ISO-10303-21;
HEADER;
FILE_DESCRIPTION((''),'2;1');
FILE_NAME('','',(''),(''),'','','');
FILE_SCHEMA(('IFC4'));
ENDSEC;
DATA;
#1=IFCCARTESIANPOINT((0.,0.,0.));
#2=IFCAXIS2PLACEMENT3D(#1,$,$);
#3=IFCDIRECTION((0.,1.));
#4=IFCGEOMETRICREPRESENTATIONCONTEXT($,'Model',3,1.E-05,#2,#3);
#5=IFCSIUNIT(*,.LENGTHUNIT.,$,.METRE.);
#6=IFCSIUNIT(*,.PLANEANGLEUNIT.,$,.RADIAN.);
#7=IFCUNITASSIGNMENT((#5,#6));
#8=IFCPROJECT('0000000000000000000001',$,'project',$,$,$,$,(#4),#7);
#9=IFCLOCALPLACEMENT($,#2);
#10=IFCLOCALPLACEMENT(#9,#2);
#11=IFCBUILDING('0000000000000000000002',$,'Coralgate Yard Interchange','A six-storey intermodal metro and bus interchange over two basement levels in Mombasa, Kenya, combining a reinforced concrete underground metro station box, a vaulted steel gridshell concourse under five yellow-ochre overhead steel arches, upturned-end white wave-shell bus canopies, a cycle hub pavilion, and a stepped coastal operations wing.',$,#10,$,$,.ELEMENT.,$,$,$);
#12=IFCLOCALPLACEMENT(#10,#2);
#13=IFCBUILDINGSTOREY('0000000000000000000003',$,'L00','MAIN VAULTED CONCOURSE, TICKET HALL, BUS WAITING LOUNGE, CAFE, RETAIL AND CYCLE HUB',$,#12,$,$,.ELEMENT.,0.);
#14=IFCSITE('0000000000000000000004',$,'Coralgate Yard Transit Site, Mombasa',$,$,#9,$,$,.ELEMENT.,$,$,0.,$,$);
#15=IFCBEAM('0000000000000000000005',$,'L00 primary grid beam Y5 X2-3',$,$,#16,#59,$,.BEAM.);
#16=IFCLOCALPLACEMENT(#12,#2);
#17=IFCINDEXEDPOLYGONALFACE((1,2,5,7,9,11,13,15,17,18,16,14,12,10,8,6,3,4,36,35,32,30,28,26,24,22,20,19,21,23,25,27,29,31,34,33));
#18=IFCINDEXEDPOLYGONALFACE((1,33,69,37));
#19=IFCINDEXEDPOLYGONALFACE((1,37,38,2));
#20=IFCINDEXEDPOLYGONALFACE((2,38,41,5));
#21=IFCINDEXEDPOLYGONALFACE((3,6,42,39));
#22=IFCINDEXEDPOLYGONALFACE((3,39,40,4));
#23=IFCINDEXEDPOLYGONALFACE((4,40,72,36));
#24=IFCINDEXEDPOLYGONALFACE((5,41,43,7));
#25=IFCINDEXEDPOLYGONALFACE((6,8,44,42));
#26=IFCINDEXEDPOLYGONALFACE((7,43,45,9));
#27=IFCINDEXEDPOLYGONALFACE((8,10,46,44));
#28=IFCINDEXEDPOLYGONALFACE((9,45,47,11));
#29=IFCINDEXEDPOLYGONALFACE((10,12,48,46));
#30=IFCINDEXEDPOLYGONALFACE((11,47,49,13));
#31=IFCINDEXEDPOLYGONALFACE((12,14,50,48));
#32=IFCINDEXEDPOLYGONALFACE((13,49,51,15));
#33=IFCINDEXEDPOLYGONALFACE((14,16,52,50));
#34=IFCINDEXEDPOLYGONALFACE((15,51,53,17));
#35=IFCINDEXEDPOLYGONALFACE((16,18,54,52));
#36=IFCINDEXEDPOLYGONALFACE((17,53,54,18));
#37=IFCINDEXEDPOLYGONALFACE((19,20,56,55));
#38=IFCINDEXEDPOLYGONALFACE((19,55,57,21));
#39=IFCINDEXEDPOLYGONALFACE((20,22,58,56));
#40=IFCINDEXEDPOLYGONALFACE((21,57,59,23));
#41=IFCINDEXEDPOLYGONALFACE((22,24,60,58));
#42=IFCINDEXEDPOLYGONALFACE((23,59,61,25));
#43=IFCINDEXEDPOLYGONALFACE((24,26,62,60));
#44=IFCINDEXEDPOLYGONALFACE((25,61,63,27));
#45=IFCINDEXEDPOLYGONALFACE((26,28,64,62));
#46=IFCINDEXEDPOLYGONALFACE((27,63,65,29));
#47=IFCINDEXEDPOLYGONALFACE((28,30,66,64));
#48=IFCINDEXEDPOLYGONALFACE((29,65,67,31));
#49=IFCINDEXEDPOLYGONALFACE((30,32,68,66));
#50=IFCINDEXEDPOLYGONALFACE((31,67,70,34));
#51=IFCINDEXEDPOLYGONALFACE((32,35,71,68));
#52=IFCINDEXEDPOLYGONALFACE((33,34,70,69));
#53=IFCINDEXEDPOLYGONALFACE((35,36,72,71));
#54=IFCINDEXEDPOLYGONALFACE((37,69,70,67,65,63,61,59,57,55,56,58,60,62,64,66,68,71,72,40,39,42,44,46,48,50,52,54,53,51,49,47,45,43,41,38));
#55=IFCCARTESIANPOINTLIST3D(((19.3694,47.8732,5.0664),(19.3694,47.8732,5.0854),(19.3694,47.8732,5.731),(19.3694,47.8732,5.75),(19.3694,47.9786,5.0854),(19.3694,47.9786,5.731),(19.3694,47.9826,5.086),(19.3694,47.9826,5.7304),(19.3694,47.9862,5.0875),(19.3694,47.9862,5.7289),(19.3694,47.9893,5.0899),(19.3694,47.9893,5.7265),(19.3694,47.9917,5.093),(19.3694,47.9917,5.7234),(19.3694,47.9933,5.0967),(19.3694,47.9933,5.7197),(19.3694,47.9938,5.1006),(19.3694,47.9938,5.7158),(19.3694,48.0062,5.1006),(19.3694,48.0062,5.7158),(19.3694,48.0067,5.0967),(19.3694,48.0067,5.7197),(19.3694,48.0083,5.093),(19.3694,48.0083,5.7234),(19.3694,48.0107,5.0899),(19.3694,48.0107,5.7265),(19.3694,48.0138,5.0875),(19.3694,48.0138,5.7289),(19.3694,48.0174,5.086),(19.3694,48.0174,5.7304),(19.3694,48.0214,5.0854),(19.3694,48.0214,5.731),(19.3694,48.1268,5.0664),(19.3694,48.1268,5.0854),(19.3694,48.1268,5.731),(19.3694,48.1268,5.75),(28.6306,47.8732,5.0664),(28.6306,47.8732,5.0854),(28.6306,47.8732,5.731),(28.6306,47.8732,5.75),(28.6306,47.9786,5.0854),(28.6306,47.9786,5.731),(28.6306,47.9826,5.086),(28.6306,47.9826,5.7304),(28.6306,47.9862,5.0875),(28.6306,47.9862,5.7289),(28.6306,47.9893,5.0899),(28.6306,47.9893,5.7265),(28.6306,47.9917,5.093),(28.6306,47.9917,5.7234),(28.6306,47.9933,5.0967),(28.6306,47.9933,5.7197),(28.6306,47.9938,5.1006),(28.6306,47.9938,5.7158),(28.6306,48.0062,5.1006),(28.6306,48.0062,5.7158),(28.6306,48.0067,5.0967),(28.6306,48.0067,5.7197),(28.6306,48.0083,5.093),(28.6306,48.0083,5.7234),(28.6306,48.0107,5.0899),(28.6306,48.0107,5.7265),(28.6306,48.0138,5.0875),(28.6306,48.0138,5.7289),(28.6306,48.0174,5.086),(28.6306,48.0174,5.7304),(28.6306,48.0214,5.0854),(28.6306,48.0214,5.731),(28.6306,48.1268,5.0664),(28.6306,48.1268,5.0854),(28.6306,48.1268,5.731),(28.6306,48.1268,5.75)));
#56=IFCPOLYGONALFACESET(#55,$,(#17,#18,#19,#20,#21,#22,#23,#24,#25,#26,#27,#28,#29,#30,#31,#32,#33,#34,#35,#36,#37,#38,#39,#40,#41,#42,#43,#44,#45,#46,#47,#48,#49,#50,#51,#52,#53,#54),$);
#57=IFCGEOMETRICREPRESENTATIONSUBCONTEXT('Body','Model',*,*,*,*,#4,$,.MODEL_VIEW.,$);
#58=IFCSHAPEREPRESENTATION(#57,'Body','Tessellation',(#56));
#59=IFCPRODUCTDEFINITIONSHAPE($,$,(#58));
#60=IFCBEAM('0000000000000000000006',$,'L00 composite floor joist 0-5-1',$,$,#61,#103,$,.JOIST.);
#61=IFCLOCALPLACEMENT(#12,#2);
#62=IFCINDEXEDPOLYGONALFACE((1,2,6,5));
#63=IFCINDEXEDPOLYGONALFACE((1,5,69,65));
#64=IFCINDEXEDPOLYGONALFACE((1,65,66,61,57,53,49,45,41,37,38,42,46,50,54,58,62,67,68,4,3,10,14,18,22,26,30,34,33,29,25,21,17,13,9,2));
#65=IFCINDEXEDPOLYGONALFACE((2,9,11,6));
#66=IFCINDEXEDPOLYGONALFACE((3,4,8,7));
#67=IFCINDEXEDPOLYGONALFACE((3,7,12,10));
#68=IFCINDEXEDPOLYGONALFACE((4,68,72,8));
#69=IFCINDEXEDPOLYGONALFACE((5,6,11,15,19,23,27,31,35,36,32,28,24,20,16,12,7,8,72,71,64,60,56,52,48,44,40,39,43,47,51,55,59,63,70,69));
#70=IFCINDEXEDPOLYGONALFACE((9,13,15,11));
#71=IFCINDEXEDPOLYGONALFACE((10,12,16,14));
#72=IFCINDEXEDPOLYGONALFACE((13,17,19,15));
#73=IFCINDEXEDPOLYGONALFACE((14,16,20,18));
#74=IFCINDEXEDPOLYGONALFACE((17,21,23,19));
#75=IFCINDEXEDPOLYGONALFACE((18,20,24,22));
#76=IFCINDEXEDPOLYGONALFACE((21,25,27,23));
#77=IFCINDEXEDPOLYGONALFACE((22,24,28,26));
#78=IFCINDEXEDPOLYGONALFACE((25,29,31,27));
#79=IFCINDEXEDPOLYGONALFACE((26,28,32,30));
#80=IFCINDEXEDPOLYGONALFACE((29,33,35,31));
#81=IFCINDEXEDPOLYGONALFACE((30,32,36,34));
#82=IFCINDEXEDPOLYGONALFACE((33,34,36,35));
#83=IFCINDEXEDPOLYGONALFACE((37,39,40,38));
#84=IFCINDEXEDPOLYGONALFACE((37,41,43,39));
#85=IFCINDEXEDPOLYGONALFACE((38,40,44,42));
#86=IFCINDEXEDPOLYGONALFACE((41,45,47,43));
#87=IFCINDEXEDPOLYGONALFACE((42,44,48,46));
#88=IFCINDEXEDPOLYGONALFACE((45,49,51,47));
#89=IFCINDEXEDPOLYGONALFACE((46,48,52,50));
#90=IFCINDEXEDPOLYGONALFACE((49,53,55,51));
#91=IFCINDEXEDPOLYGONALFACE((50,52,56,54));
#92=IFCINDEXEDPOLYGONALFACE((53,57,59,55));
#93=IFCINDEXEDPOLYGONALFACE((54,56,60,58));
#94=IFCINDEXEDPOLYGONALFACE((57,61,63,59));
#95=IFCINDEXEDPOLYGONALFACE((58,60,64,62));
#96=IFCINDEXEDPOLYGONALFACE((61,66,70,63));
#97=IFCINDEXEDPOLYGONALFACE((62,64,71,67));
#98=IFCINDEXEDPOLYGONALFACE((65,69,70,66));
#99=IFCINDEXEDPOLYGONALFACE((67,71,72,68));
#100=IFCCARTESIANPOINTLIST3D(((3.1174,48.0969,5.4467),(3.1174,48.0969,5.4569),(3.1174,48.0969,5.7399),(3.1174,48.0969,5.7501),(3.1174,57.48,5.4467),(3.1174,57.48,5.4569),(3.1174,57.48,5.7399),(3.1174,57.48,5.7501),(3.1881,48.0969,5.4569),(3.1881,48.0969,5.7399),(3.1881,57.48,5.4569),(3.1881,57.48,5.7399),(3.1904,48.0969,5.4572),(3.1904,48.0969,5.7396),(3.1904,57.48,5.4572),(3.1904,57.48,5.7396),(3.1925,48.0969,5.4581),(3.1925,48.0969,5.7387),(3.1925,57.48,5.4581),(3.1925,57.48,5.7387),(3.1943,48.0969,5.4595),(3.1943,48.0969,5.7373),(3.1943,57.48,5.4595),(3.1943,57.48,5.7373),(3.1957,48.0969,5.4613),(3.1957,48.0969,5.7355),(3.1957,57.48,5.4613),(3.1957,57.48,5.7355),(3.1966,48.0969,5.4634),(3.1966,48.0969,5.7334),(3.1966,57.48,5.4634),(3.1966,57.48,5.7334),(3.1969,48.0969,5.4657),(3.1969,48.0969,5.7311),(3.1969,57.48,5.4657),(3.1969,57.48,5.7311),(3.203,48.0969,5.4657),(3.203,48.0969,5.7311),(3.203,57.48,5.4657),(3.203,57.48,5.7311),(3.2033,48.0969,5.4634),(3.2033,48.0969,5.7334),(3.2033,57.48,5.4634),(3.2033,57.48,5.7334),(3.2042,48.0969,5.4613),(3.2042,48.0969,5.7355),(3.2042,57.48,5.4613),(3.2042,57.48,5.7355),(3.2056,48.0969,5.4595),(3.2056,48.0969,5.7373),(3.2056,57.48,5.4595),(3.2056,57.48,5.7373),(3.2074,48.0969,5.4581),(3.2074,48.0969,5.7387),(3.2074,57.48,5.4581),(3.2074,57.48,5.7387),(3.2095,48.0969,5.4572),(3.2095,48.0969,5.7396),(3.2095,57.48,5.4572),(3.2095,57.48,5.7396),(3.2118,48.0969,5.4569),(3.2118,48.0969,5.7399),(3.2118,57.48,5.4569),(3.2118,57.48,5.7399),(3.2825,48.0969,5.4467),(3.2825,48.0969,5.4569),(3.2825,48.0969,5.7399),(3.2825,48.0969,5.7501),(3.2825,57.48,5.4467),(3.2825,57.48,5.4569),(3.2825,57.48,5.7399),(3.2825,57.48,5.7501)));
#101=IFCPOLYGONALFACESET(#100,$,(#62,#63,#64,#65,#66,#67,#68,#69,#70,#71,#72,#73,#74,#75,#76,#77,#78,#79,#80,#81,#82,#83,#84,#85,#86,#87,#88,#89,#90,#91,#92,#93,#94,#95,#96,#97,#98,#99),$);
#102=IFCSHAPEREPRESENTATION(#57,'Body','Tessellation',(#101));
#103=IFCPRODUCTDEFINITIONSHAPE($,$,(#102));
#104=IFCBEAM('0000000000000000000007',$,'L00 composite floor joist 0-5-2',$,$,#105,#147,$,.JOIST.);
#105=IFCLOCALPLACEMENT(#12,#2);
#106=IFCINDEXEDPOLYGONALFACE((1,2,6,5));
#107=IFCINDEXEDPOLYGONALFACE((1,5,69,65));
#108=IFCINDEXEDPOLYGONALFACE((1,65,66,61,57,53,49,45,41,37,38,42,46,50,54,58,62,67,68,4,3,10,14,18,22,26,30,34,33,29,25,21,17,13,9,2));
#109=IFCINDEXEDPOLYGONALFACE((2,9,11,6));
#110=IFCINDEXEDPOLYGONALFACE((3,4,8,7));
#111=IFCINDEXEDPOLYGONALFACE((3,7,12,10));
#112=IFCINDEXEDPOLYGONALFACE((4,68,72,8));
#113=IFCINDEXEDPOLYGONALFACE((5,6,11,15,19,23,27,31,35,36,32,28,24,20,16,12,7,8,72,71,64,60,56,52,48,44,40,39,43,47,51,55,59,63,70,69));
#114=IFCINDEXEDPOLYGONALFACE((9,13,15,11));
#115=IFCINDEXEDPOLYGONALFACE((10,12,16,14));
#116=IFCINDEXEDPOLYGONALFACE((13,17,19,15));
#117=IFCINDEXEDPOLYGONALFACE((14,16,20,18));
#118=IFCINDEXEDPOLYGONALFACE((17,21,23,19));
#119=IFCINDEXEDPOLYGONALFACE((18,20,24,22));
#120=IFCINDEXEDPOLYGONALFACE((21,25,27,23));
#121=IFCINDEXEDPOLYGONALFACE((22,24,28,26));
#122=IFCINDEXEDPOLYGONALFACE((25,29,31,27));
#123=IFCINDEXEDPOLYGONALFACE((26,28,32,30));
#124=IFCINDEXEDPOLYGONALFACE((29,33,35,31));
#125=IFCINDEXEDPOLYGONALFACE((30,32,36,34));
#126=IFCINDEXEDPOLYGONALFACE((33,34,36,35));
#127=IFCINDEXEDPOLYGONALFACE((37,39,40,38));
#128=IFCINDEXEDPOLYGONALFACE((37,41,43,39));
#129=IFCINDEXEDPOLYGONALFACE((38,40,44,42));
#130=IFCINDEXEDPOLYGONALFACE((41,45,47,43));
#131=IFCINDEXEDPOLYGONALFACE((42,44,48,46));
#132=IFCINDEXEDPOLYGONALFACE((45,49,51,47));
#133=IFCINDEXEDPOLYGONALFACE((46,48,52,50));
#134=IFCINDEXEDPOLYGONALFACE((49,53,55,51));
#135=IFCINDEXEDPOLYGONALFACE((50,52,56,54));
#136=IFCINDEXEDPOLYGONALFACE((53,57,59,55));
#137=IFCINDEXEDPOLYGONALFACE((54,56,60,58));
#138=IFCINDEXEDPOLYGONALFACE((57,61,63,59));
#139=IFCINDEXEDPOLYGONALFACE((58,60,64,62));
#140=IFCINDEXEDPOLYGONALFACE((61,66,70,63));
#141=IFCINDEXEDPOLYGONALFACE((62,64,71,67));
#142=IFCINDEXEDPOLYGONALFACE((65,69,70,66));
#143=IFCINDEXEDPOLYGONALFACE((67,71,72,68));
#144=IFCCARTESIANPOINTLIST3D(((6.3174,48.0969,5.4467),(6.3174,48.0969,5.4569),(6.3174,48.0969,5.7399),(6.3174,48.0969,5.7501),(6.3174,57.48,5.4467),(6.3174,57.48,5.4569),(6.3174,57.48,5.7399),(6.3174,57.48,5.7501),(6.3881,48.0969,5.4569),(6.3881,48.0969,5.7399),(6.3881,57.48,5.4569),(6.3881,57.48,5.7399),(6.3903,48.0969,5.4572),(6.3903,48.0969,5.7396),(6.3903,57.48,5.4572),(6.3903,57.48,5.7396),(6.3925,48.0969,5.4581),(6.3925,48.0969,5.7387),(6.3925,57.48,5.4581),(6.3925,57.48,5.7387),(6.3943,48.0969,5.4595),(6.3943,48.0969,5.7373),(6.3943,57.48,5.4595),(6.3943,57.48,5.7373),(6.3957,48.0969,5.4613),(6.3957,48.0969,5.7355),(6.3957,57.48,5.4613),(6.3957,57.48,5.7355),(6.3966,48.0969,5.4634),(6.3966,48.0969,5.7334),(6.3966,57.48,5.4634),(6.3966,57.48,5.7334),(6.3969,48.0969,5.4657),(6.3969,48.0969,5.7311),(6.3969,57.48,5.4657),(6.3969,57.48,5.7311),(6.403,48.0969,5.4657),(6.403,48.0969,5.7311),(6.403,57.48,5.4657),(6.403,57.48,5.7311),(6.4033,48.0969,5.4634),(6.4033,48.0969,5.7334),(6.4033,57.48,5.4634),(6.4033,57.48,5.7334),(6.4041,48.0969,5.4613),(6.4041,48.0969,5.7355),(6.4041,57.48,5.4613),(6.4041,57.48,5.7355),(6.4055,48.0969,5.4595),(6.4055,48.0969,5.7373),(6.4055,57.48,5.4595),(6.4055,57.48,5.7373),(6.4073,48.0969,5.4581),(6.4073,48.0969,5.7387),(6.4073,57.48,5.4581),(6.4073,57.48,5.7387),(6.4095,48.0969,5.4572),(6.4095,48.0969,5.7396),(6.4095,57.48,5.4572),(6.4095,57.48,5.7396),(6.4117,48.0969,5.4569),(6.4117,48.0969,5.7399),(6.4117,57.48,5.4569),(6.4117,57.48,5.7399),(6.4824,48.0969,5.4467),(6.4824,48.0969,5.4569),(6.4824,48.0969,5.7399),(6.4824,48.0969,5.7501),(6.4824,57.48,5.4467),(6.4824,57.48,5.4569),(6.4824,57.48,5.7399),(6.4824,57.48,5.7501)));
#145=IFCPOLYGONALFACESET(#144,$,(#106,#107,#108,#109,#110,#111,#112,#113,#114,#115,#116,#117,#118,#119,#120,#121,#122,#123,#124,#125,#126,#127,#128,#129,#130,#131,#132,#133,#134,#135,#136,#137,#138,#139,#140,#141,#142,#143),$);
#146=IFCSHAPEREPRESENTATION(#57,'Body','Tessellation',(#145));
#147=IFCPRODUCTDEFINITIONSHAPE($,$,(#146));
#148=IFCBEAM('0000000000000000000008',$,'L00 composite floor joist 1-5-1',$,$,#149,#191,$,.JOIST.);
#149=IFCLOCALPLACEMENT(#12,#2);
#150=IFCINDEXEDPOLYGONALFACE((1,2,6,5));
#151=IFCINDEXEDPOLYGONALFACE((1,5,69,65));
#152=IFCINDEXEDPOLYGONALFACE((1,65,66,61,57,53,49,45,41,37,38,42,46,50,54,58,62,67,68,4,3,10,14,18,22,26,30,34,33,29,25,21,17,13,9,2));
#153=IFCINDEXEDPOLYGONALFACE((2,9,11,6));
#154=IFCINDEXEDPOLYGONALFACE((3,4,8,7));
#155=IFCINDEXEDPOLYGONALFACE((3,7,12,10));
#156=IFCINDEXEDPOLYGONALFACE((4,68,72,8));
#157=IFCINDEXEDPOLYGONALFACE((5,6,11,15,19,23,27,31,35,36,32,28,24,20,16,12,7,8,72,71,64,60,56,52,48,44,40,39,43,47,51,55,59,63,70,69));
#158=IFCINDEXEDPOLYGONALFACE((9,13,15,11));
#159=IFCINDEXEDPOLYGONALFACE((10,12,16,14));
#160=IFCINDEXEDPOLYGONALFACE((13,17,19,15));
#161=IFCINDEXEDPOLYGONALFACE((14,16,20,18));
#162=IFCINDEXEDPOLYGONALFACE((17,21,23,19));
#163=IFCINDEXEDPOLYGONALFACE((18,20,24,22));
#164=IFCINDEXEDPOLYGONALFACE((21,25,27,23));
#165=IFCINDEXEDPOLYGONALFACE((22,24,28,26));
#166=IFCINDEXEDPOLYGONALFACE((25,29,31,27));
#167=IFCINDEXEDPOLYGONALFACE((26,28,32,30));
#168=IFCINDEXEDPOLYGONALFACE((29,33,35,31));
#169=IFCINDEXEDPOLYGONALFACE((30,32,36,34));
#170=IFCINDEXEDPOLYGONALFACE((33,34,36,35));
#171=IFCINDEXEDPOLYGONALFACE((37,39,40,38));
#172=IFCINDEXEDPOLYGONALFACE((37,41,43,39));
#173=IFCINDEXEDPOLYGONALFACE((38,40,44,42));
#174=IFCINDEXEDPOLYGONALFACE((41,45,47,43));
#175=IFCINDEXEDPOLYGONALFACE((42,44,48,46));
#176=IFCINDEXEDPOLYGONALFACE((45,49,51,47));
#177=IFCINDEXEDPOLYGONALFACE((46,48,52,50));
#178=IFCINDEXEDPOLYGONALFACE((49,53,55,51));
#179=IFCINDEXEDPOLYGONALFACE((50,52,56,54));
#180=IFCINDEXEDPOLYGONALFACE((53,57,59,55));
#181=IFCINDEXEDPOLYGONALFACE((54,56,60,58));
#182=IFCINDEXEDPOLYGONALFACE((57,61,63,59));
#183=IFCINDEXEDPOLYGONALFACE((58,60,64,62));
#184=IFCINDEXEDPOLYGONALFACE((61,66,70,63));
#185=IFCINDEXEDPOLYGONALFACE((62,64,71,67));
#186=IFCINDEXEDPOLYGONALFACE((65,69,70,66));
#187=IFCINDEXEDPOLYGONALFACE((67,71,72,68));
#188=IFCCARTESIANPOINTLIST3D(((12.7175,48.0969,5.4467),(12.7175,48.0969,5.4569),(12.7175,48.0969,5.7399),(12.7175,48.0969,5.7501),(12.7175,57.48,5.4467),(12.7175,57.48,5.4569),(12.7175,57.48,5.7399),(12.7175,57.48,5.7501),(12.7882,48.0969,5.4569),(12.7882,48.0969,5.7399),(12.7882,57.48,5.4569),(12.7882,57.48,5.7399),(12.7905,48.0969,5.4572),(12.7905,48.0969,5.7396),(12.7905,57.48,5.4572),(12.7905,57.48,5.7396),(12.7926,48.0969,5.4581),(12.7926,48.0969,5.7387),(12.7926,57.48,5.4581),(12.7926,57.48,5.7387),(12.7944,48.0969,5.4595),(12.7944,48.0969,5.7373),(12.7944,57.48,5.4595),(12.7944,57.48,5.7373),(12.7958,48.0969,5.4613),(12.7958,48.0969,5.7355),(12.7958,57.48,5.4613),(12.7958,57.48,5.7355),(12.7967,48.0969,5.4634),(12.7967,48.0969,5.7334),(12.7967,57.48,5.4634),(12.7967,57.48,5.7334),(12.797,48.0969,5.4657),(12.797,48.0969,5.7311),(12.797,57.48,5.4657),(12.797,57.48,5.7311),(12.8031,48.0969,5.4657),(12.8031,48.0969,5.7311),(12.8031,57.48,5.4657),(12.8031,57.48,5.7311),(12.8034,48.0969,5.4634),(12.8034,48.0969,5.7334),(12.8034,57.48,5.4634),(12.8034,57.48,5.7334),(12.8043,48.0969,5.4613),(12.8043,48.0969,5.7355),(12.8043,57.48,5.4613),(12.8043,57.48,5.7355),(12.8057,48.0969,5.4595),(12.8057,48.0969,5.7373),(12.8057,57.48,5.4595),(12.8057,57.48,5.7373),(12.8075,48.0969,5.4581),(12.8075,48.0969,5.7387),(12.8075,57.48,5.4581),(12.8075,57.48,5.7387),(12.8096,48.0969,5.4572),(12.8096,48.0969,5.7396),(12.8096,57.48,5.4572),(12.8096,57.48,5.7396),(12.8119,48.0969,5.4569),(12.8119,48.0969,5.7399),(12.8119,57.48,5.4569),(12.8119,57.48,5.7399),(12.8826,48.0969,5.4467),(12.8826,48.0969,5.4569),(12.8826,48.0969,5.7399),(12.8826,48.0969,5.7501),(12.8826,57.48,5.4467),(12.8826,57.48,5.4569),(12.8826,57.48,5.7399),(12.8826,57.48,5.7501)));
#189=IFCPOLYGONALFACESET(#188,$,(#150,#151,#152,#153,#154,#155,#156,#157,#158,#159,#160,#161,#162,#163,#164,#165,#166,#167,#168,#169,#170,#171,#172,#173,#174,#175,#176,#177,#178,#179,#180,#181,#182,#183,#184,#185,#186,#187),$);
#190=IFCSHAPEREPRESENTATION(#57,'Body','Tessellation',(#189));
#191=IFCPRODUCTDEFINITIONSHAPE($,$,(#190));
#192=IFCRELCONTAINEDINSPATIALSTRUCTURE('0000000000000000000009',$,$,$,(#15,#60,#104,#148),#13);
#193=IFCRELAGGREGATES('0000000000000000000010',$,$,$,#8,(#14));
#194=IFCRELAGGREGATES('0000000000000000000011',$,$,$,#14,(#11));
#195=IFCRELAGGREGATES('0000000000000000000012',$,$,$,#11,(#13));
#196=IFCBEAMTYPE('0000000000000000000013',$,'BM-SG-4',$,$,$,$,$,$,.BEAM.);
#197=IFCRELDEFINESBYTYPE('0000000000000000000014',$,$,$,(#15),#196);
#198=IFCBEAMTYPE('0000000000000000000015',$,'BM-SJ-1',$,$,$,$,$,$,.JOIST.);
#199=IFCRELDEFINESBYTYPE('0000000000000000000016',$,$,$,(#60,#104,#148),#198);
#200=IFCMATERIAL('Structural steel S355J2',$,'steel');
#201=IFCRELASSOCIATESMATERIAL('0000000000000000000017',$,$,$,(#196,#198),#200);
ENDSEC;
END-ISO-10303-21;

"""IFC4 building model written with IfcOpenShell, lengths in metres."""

from ifc_helpers import new_model, si_unit, direction, frame, origin, origin_2d, place, context, subcontext, project, spatial, i_section, extrude, material, material_profile, profile_set, type_object, element, save


model = new_model("IFC4")

# Units and contexts
model_context = context("Model", 3, precision=1e-05, world=origin(), true_north=direction((0.0, 1.0)))
body_context = subcontext(model_context, "Body", "Model", "MODEL_VIEW")
ifc_project = project(units=[si_unit("LENGTHUNIT", "METRE"), si_unit("PLANEANGLEUNIT", "RADIAN")], contexts=[model_context])

# Site, building, storey
site_placement = place(None, origin())
site = spatial("IfcSite", under=ifc_project, at=site_placement, Name="Coralgate Yard Transit Site, Mombasa", CompositionType="ELEMENT", RefElevation=0.0)
building_placement = place(site_placement, origin())
building = spatial("IfcBuilding", under=site, at=building_placement, Name="Coralgate Yard Interchange", Description="A six-storey intermodal metro and bus interchange over two basement levels in Mombasa, Kenya, combining a reinforced concrete underground metro station box, a vaulted steel gridshell concourse under five yellow-ochre overhead steel arches, upturned-end white wave-shell bus canopies, a cycle hub pavilion, and a stepped coastal operations wing.", CompositionType="ELEMENT")
storey_placement = place(building_placement, origin())
storey = spatial("IfcBuildingStorey", under=building, at=storey_placement, Name="L00", Description="MAIN VAULTED CONCOURSE, TICKET HALL, BUS WAITING LOUNGE, CAFE, RETAIL AND CYCLE HUB", CompositionType="ELEMENT", Elevation=0.0)

# Shared definitions
ifc_material_1 = material(Name="Structural steel S355J2", Category="steel")

# Beams
ifc_material_profile_1 = material_profile(ifc_material_1, i_section(OverallWidth=0.2537, OverallDepth=0.6836, WebThickness=0.0125, FlangeThickness=0.019, FilletRadius=0.0151, at=origin_2d()), Name="UB 686x254x140")
ifc_profile_set_1 = profile_set([ifc_material_profile_1], Name="Structural steel S355J2")
beam_type_1 = type_object("IfcBeamType", Name="BM-SG-4", PredefinedType="BEAM", material=ifc_profile_set_1)
beam_1_placement = place(storey_placement, frame((19.3694, 48.0, 5.4082), z_axis=(1.0, 0.0, 0.0), x_axis=(0.0, 1.0, 0.0)))
element("IfcBeam", 1, at=beam_1_placement, inside=storey, type_object=beam_type_1, Name="L00 primary grid beam Y5 X2-3", PredefinedType="BEAM", context=body_context, shape_type="SweptSolid", body=[
    extrude(i_section(OverallWidth=0.2537, OverallDepth=0.6836, WebThickness=0.0125, FlangeThickness=0.019, FilletRadius=0.0151, at=origin_2d()), origin(), (0.0, 0.0, 1.0), 9.2612),
])
ifc_material_profile_2 = material_profile(ifc_material_1, i_section(OverallWidth=0.165, OverallDepth=0.3035, WebThickness=0.0061, FlangeThickness=0.0103, FilletRadius=0.0088, at=origin_2d()), Name="UB 305x165x40")
ifc_profile_set_2 = profile_set([ifc_material_profile_2], Name="Structural steel S355J2")
beam_type_2 = type_object("IfcBeamType", Name="BM-SJ-1", PredefinedType="JOIST", material=ifc_profile_set_2)
for number, where, z_axis, x_axis, name in (
    (2, (3.2, 48.0969, 5.5984), (0.0, 1.0, 0.0), (-1.0, 0.0, 0.0), "L00 composite floor joist 0-5-1"),
    (3, (6.3999, 48.0969, 5.5984), (0.0, 1.0, 0.0), (-1.0, 0.0, 0.0), "L00 composite floor joist 0-5-2"),
    (4, (12.8, 48.0969, 5.5984), (0.0, 1.0, 0.0), (-1.0, 0.0, 0.0), "L00 composite floor joist 1-5-1"),
):
    element("IfcBeam", number, at=place(storey_placement, frame(where, z_axis=z_axis, x_axis=x_axis)), inside=storey, type_object=beam_type_2, Name=name, PredefinedType="JOIST", context=body_context, shape_type="SweptSolid", body=[
        extrude(i_section(OverallWidth=0.165, OverallDepth=0.3035, WebThickness=0.0061, FlangeThickness=0.0103, FilletRadius=0.0088, at=origin_2d()), origin(), (0.0, 0.0, 1.0), 9.3831),
    ])

save(model, "model.ifc")
